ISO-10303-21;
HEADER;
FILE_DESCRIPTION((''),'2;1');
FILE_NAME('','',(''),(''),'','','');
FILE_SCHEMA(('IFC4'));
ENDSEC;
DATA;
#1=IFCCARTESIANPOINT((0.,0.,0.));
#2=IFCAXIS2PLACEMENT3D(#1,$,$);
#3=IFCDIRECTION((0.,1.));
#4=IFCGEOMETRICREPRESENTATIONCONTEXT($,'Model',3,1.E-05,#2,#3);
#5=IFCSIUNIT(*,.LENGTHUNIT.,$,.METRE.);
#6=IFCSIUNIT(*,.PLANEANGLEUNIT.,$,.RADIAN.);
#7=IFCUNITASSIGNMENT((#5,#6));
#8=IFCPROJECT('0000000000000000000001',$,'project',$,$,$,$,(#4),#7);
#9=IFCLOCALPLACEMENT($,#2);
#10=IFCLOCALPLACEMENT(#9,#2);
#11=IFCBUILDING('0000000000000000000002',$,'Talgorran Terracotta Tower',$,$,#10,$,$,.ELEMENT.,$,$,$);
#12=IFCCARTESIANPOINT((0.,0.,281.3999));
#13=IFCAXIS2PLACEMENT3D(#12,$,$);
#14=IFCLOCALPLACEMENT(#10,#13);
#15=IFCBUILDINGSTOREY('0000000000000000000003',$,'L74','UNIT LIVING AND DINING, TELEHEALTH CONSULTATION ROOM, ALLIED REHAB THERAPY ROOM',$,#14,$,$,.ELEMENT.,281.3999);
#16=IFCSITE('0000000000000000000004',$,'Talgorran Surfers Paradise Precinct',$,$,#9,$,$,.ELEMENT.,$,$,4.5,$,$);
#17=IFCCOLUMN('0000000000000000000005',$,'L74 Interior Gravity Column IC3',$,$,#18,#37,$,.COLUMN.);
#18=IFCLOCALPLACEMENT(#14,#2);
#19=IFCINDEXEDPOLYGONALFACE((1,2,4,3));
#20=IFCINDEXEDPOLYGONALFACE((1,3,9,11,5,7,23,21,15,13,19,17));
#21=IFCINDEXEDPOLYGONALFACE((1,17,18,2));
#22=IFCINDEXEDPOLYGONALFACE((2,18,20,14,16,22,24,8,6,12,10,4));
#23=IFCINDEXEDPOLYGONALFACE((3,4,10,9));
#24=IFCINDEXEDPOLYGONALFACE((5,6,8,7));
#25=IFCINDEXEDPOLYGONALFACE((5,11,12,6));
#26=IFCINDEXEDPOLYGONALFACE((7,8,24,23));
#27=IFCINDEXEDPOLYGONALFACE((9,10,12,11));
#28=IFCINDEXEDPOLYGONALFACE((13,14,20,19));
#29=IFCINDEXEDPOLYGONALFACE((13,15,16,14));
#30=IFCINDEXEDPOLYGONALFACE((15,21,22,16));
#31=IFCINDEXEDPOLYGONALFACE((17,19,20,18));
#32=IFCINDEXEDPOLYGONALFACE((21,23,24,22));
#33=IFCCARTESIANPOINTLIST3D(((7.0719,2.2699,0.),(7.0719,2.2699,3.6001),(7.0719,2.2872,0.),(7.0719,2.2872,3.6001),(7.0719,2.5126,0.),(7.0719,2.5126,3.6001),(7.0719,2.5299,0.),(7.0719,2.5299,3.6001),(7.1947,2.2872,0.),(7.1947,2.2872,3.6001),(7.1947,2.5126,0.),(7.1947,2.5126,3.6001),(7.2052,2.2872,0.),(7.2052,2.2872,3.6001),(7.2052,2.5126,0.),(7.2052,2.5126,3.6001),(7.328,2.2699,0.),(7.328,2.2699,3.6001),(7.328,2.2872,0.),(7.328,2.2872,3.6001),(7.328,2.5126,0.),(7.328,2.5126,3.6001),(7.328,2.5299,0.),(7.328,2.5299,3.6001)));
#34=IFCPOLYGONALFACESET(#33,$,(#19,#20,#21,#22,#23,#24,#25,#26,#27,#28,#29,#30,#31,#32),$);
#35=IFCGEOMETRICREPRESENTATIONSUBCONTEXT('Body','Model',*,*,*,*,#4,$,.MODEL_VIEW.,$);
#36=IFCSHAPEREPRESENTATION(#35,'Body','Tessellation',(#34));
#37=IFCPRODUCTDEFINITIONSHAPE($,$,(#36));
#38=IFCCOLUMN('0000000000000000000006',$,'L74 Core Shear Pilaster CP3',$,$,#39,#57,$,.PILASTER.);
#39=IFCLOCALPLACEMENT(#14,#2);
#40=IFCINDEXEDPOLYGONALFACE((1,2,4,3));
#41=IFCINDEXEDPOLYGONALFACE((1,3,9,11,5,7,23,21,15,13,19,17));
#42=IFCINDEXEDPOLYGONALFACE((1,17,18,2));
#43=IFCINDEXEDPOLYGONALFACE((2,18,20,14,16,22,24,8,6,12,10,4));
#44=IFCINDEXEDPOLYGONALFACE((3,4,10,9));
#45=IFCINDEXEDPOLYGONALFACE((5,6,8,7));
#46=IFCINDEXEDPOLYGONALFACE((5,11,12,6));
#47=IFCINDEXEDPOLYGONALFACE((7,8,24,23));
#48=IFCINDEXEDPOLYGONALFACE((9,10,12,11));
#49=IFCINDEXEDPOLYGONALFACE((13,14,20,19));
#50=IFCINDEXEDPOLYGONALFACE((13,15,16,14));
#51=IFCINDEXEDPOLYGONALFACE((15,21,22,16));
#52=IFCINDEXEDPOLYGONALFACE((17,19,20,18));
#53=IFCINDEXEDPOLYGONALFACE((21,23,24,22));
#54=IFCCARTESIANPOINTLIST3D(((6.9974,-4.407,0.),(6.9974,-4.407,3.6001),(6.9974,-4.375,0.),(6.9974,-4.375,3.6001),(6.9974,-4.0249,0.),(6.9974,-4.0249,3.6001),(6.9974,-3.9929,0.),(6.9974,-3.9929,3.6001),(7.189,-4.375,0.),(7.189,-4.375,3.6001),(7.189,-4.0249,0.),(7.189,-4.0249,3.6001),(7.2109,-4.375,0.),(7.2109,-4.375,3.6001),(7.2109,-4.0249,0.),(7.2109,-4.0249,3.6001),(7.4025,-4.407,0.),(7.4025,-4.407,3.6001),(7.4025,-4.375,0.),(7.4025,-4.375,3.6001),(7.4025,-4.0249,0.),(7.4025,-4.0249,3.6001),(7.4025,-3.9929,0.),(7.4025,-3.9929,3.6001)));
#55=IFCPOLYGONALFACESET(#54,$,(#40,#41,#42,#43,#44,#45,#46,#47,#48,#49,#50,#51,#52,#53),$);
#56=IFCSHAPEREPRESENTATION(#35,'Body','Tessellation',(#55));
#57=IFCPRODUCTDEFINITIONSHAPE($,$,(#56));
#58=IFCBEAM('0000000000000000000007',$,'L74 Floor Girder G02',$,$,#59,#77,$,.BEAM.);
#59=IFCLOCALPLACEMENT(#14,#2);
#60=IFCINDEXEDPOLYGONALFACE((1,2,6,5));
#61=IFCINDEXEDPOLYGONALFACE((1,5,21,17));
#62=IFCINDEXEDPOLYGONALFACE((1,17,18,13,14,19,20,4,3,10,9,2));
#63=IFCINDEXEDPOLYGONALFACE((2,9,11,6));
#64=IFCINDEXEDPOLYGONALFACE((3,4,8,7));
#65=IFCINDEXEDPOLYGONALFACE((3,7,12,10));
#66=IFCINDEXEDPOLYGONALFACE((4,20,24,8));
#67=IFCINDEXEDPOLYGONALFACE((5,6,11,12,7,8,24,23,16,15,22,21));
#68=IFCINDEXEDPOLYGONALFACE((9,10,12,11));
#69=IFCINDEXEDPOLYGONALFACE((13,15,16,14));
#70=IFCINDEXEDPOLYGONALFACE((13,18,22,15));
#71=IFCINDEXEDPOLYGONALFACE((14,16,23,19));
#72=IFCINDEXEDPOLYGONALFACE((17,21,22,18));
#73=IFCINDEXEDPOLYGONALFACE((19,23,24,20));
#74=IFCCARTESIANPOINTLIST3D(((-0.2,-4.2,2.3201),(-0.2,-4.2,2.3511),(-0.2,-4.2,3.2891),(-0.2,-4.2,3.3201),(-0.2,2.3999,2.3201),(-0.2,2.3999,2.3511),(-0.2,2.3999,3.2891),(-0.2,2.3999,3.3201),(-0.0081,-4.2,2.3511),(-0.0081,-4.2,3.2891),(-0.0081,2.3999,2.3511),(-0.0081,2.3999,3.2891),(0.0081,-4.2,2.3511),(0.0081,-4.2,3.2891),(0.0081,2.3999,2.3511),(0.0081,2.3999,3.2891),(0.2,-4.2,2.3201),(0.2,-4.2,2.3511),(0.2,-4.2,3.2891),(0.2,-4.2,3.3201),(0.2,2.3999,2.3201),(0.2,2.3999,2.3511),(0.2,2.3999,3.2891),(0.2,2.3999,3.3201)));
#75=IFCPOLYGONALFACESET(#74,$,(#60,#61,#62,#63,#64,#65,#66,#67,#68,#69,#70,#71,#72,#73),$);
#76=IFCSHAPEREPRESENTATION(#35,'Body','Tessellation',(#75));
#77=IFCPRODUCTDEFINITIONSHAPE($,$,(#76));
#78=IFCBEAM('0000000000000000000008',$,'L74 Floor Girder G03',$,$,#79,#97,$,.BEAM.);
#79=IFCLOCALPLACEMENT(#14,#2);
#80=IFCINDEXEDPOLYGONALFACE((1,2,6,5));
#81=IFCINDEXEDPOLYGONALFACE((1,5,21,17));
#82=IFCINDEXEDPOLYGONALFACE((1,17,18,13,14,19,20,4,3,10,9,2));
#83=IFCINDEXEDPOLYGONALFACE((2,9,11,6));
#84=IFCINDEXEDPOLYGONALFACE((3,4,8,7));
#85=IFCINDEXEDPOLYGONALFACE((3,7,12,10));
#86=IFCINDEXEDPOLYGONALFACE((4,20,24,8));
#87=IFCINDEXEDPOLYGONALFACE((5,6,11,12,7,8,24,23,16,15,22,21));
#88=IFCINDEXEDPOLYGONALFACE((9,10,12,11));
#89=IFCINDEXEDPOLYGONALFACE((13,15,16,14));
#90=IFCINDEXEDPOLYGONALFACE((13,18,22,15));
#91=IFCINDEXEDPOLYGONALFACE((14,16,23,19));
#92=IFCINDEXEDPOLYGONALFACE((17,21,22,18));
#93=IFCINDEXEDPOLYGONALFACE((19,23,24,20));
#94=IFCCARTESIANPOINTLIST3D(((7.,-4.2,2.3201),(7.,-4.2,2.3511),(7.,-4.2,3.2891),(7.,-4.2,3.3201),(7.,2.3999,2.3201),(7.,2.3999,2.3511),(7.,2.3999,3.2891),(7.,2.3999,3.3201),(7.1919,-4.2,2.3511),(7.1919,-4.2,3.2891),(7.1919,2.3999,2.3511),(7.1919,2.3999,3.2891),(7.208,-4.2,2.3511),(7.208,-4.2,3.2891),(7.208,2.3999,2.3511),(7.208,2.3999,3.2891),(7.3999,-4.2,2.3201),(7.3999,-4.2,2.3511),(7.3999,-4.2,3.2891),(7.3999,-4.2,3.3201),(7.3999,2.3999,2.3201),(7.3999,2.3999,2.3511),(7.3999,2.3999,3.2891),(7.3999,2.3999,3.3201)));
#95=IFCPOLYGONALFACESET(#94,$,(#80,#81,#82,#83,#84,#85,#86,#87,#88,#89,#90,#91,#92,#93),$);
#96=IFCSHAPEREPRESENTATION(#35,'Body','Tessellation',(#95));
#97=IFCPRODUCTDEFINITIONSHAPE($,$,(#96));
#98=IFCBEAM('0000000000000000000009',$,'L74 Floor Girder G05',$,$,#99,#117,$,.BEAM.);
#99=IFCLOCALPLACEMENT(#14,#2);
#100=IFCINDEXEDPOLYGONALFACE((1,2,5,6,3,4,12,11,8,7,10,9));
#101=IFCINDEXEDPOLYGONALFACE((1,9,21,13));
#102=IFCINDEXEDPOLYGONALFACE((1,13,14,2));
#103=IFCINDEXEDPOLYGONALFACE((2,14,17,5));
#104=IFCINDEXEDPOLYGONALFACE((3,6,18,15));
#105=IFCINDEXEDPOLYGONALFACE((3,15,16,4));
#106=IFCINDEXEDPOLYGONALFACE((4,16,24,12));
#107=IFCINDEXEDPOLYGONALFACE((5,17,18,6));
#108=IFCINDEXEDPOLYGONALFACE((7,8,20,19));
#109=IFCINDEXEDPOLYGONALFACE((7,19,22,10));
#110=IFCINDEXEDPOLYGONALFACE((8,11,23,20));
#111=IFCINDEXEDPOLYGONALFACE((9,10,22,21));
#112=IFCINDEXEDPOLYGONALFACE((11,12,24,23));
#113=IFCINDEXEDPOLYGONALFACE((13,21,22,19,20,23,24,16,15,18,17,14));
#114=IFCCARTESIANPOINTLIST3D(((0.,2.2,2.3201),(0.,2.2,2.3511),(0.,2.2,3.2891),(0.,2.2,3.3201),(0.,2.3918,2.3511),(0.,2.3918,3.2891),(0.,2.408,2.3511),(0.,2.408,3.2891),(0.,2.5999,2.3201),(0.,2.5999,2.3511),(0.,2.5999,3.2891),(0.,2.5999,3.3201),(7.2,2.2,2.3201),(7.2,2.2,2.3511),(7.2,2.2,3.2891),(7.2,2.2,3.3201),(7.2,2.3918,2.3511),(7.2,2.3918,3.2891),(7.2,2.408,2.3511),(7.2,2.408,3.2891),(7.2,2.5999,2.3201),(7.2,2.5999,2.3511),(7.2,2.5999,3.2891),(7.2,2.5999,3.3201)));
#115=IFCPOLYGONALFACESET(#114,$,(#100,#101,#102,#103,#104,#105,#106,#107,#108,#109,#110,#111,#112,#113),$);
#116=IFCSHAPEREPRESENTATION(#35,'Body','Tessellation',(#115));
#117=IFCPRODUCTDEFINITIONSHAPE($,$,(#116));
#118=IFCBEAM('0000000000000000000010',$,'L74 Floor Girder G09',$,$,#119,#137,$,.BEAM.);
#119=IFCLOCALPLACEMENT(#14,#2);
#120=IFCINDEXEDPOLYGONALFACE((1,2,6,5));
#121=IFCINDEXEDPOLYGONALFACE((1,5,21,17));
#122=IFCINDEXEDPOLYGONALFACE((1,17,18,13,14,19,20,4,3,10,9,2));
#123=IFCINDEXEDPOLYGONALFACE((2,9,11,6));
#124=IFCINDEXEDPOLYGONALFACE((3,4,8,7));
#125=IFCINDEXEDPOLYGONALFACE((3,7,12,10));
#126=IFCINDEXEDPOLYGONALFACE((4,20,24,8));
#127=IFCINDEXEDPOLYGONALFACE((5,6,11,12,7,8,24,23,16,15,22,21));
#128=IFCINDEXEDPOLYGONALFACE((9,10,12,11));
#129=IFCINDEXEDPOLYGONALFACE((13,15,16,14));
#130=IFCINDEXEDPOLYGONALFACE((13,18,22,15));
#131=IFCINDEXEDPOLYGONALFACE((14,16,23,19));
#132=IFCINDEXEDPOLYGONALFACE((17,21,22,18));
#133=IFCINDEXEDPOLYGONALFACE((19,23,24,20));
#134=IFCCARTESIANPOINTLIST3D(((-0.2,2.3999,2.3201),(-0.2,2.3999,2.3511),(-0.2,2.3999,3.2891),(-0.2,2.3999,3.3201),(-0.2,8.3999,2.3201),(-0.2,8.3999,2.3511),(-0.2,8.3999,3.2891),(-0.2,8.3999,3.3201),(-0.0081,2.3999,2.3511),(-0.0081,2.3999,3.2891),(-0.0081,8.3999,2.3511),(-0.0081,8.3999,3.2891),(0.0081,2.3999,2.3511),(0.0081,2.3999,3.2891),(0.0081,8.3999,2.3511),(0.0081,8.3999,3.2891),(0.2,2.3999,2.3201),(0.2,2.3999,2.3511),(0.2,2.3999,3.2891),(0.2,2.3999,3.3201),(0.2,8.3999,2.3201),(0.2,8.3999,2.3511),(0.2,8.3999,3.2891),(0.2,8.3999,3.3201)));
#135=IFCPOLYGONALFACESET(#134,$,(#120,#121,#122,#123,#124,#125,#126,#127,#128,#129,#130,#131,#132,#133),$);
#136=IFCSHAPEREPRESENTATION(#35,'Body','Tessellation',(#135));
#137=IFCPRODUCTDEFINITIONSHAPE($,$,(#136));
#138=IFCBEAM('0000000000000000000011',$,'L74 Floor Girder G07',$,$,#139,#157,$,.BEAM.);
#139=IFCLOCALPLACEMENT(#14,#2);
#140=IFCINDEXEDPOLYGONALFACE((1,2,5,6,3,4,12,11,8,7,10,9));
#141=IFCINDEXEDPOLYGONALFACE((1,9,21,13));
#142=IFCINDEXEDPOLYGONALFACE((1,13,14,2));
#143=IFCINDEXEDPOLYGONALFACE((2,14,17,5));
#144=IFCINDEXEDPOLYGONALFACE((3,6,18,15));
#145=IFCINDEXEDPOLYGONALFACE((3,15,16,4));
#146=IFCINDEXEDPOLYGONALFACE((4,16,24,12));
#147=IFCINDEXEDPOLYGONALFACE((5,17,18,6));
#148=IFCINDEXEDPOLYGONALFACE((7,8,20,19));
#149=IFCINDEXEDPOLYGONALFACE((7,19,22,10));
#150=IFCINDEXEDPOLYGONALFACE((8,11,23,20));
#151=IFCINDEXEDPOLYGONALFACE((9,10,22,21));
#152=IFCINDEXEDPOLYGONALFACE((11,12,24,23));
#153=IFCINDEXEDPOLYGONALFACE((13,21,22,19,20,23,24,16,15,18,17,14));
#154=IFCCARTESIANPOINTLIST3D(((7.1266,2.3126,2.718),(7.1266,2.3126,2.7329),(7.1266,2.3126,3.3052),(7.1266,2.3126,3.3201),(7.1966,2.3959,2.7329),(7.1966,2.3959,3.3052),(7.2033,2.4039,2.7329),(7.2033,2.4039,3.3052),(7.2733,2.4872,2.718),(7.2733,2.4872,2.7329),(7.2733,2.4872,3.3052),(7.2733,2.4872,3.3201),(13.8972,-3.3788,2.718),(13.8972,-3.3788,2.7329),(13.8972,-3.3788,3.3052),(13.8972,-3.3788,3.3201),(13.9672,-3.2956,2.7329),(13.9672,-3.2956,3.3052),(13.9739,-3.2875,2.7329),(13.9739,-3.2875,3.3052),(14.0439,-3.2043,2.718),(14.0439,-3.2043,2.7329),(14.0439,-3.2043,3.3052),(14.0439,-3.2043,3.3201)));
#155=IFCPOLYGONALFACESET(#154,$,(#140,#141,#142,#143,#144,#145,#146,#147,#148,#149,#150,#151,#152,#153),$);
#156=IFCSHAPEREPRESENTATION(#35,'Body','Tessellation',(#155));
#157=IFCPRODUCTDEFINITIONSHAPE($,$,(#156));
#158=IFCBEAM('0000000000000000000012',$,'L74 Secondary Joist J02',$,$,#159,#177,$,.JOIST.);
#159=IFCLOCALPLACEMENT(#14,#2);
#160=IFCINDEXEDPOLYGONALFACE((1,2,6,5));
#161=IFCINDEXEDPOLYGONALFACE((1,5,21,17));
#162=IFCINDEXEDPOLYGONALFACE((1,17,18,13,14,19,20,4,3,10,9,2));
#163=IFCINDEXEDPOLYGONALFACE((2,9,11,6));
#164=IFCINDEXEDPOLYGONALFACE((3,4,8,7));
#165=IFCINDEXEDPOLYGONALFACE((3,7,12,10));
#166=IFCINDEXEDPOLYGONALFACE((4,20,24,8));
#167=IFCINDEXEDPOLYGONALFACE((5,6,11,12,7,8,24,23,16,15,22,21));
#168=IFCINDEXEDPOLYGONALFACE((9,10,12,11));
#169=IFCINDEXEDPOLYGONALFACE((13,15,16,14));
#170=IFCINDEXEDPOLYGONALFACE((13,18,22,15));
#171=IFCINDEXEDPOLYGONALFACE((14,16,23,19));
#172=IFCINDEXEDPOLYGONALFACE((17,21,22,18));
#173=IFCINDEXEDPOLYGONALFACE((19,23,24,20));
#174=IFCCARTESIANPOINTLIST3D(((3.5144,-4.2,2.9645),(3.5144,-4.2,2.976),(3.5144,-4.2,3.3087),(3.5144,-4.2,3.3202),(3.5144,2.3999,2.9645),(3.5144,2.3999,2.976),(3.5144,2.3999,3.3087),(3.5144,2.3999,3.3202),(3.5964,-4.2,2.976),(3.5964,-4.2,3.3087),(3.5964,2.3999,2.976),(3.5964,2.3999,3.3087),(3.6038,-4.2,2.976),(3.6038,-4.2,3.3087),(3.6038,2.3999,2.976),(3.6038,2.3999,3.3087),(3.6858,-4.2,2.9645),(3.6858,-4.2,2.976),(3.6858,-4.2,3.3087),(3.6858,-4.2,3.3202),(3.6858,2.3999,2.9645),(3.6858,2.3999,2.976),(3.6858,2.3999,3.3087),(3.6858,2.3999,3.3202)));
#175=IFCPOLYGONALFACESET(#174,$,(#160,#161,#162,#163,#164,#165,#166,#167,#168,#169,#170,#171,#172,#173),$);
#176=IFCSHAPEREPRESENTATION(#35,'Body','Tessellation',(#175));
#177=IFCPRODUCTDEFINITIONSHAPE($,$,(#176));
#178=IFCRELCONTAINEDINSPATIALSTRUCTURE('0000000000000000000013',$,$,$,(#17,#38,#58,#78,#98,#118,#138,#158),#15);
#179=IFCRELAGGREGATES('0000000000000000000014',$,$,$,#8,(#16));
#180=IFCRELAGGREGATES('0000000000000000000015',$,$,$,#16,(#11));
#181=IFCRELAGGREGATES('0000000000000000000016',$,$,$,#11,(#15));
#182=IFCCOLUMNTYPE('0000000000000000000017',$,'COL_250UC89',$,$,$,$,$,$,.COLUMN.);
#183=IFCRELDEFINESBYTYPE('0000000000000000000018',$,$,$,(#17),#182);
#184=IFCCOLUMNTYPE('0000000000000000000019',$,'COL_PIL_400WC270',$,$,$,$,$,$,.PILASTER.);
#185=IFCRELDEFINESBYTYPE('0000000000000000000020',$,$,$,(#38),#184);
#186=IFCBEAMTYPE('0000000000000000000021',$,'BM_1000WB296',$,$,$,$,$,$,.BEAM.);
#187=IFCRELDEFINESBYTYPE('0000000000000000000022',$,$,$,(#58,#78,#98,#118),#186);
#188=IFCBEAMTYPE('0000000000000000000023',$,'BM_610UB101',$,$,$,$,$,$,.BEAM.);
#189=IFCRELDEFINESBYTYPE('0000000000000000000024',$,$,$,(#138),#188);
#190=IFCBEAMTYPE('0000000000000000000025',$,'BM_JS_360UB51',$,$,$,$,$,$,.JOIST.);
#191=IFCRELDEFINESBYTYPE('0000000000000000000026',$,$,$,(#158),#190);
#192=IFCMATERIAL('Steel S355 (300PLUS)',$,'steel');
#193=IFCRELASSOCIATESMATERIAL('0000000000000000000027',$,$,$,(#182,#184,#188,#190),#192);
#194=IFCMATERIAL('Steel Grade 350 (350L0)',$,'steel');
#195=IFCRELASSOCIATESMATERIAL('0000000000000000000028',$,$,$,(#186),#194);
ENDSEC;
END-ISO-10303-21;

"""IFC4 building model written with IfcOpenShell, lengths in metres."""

from ifc_helpers import new_model, si_unit, direction, frame, origin, origin_2d, place, context, subcontext, project, spatial, i_section, extrude, material, material_profile, profile_set, type_object, element, save


model = new_model("IFC4")

# Units and contexts
model_context = context("Model", 3, precision=1e-05, world=origin(), true_north=direction((0.0, 1.0)))
body_context = subcontext(model_context, "Body", "Model", "MODEL_VIEW")
ifc_project = project(units=[si_unit("LENGTHUNIT", "METRE"), si_unit("PLANEANGLEUNIT", "RADIAN")], contexts=[model_context])

# Site, building, storey
site_placement = place(None, origin())
site = spatial("IfcSite", under=ifc_project, at=site_placement, Name="Talgorran Surfers Paradise Precinct", CompositionType="ELEMENT", RefElevation=4.5)
building_placement = place(site_placement, origin())
building = spatial("IfcBuilding", under=site, at=building_placement, Name="Talgorran Terracotta Tower", CompositionType="ELEMENT")
storey_placement = place(building_placement, frame((0.0, 0.0, 281.3999)))
storey = spatial("IfcBuildingStorey", under=building, at=storey_placement, Name="L74", Description="UNIT LIVING AND DINING, TELEHEALTH CONSULTATION ROOM, ALLIED REHAB THERAPY ROOM", CompositionType="ELEMENT", Elevation=281.3999)

# Columns
ifc_material_1 = material(Name="Steel S355 (300PLUS)", Category="steel")
ifc_material_profile_1 = material_profile(ifc_material_1, i_section(OverallWidth=0.2561, OverallDepth=0.26, WebThickness=0.0105, FlangeThickness=0.0173, at=origin_2d()), Name="250UC89.5")
ifc_profile_set_1 = profile_set([ifc_material_profile_1], Name="Steel S355 (300PLUS)")
column_type_1 = type_object("IfcColumnType", Name="COL_250UC89", PredefinedType="COLUMN", material=ifc_profile_set_1)
column_1_placement = place(storey_placement, frame((7.2, 2.3999, 0.0), z_axis=(0.0, 0.0, 1.0), x_axis=(1.0, 0.0, 0.0)))
element("IfcColumn", 1, at=column_1_placement, inside=storey, type_object=column_type_1, Name="L74 Interior Gravity Column IC3", PredefinedType="COLUMN", context=body_context, shape_type="SweptSolid", body=[
    extrude(i_section(OverallWidth=0.2561, OverallDepth=0.26, WebThickness=0.0105, FlangeThickness=0.0173, at=origin_2d()), origin(), (0.0, 0.0, 1.0), 3.6001),
])
ifc_material_profile_2 = material_profile(ifc_material_1, i_section(OverallWidth=0.405, OverallDepth=0.4141, WebThickness=0.022, FlangeThickness=0.032, at=origin_2d()), Name="400WC270")
ifc_profile_set_2 = profile_set([ifc_material_profile_2], Name="Steel S355 (300PLUS)")
column_type_2 = type_object("IfcColumnType", Name="COL_PIL_400WC270", PredefinedType="PILASTER", material=ifc_profile_set_2)
column_2_placement = place(storey_placement, frame((7.2, -4.2, 0.0), z_axis=(0.0, 0.0, 1.0), x_axis=(1.0, 0.0, 0.0)))
element("IfcColumn", 2, at=column_2_placement, inside=storey, type_object=column_type_2, Name="L74 Core Shear Pilaster CP3", PredefinedType="PILASTER", context=body_context, shape_type="SweptSolid", body=[
    extrude(i_section(OverallWidth=0.405, OverallDepth=0.4141, WebThickness=0.022, FlangeThickness=0.032, at=origin_2d()), origin(), (0.0, 0.0, 1.0), 3.6001),
])

# Beams
ifc_material_2 = material(Name="Steel Grade 350 (350L0)", Category="steel")
ifc_material_profile_3 = material_profile(ifc_material_2, i_section(OverallWidth=0.3999, OverallDepth=1.0, WebThickness=0.0161, FlangeThickness=0.031, at=origin_2d()), Name="1000WB296")
ifc_profile_set_3 = profile_set([ifc_material_profile_3], Name="Steel Grade 350 (350L0)")
beam_type_1 = type_object("IfcBeamType", Name="BM_1000WB296", PredefinedType="BEAM", material=ifc_profile_set_3)
for number, where, z_axis, x_axis, name in (
    (3, (0.0, -4.2, 2.8201), (0.0, 1.0, 0.0), (-1.0, 0.0, 0.0), "L74 Floor Girder G02"),
    (4, (7.2, -4.2, 2.8201), (0.0, 1.0, 0.0), (-1.0, 0.0, 0.0), "L74 Floor Girder G03"),
):
    element("IfcBeam", number, at=place(storey_placement, frame(where, z_axis=z_axis, x_axis=x_axis)), inside=storey, type_object=beam_type_1, Name=name, PredefinedType="BEAM", context=body_context, shape_type="SweptSolid", body=[
        extrude(i_section(OverallWidth=0.3999, OverallDepth=1.0, WebThickness=0.0161, FlangeThickness=0.031, at=origin_2d()), origin(), (0.0, 0.0, 1.0), 6.5999),
    ])
beam_1_placement = place(storey_placement, frame((0.0, 2.3999, 2.8201), z_axis=(1.0, 0.0, 0.0), x_axis=(0.0, 1.0, 0.0)))
element("IfcBeam", 5, at=beam_1_placement, inside=storey, type_object=beam_type_1, Name="L74 Floor Girder G05", PredefinedType="BEAM", context=body_context, shape_type="SweptSolid", body=[
    extrude(i_section(OverallWidth=0.3999, OverallDepth=1.0, WebThickness=0.0161, FlangeThickness=0.031, at=origin_2d()), origin(), (0.0, 0.0, 1.0), 7.2),
])
beam_2_placement = place(storey_placement, frame((0.0, 2.3999, 2.8201), z_axis=(0.0, 1.0, 0.0), x_axis=(-1.0, 0.0, 0.0)))
element("IfcBeam", 6, at=beam_2_placement, inside=storey, type_object=beam_type_1, Name="L74 Floor Girder G09", PredefinedType="BEAM", context=body_context, shape_type="SweptSolid", body=[
    extrude(i_section(OverallWidth=0.3999, OverallDepth=1.0, WebThickness=0.0161, FlangeThickness=0.031, at=origin_2d()), origin(), (0.0, 0.0, 1.0), 6.0),
])
ifc_material_profile_4 = material_profile(ifc_material_1, i_section(OverallWidth=0.228, OverallDepth=0.6021, WebThickness=0.0105, FlangeThickness=0.0149, at=origin_2d()), Name="610UB101")
ifc_profile_set_4 = profile_set([ifc_material_profile_4], Name="Steel S355 (300PLUS)")
beam_type_2 = type_object("IfcBeamType", Name="BM_610UB101", PredefinedType="BEAM", material=ifc_profile_set_4)
beam_3_placement = place(storey_placement, frame((7.2, 2.3999, 3.019), z_axis=(0.765472, -0.643469, 0.0), x_axis=(0.643469, 0.765472, 0.0)))
element("IfcBeam", 7, at=beam_3_placement, inside=storey, type_object=beam_type_2, Name="L74 Floor Girder G07", PredefinedType="BEAM", context=body_context, shape_type="SweptSolid", body=[
    extrude(i_section(OverallWidth=0.228, OverallDepth=0.6021, WebThickness=0.0105, FlangeThickness=0.0149, at=origin_2d()), origin(), (0.0, 0.0, 1.0), 8.845),
])
ifc_material_profile_5 = material_profile(ifc_material_1, i_section(OverallWidth=0.1714, OverallDepth=0.3557, WebThickness=0.0073, FlangeThickness=0.0115, at=origin_2d()), Name="360UB50.7")
ifc_profile_set_5 = profile_set([ifc_material_profile_5], Name="Steel S355 (300PLUS)")
beam_type_3 = type_object("IfcBeamType", Name="BM_JS_360UB51", PredefinedType="JOIST", material=ifc_profile_set_5)
beam_4_placement = place(storey_placement, frame((3.6001, -4.2, 3.1423), z_axis=(0.0, 1.0, 0.0), x_axis=(-1.0, 0.0, 0.0)))
element("IfcBeam", 8, at=beam_4_placement, inside=storey, type_object=beam_type_3, Name="L74 Secondary Joist J02", PredefinedType="JOIST", context=body_context, shape_type="SweptSolid", body=[
    extrude(i_section(OverallWidth=0.1714, OverallDepth=0.3557, WebThickness=0.0073, FlangeThickness=0.0115, at=origin_2d()), origin(), (0.0, 0.0, 1.0), 6.5999),
])

save(model, "model.ifc")
